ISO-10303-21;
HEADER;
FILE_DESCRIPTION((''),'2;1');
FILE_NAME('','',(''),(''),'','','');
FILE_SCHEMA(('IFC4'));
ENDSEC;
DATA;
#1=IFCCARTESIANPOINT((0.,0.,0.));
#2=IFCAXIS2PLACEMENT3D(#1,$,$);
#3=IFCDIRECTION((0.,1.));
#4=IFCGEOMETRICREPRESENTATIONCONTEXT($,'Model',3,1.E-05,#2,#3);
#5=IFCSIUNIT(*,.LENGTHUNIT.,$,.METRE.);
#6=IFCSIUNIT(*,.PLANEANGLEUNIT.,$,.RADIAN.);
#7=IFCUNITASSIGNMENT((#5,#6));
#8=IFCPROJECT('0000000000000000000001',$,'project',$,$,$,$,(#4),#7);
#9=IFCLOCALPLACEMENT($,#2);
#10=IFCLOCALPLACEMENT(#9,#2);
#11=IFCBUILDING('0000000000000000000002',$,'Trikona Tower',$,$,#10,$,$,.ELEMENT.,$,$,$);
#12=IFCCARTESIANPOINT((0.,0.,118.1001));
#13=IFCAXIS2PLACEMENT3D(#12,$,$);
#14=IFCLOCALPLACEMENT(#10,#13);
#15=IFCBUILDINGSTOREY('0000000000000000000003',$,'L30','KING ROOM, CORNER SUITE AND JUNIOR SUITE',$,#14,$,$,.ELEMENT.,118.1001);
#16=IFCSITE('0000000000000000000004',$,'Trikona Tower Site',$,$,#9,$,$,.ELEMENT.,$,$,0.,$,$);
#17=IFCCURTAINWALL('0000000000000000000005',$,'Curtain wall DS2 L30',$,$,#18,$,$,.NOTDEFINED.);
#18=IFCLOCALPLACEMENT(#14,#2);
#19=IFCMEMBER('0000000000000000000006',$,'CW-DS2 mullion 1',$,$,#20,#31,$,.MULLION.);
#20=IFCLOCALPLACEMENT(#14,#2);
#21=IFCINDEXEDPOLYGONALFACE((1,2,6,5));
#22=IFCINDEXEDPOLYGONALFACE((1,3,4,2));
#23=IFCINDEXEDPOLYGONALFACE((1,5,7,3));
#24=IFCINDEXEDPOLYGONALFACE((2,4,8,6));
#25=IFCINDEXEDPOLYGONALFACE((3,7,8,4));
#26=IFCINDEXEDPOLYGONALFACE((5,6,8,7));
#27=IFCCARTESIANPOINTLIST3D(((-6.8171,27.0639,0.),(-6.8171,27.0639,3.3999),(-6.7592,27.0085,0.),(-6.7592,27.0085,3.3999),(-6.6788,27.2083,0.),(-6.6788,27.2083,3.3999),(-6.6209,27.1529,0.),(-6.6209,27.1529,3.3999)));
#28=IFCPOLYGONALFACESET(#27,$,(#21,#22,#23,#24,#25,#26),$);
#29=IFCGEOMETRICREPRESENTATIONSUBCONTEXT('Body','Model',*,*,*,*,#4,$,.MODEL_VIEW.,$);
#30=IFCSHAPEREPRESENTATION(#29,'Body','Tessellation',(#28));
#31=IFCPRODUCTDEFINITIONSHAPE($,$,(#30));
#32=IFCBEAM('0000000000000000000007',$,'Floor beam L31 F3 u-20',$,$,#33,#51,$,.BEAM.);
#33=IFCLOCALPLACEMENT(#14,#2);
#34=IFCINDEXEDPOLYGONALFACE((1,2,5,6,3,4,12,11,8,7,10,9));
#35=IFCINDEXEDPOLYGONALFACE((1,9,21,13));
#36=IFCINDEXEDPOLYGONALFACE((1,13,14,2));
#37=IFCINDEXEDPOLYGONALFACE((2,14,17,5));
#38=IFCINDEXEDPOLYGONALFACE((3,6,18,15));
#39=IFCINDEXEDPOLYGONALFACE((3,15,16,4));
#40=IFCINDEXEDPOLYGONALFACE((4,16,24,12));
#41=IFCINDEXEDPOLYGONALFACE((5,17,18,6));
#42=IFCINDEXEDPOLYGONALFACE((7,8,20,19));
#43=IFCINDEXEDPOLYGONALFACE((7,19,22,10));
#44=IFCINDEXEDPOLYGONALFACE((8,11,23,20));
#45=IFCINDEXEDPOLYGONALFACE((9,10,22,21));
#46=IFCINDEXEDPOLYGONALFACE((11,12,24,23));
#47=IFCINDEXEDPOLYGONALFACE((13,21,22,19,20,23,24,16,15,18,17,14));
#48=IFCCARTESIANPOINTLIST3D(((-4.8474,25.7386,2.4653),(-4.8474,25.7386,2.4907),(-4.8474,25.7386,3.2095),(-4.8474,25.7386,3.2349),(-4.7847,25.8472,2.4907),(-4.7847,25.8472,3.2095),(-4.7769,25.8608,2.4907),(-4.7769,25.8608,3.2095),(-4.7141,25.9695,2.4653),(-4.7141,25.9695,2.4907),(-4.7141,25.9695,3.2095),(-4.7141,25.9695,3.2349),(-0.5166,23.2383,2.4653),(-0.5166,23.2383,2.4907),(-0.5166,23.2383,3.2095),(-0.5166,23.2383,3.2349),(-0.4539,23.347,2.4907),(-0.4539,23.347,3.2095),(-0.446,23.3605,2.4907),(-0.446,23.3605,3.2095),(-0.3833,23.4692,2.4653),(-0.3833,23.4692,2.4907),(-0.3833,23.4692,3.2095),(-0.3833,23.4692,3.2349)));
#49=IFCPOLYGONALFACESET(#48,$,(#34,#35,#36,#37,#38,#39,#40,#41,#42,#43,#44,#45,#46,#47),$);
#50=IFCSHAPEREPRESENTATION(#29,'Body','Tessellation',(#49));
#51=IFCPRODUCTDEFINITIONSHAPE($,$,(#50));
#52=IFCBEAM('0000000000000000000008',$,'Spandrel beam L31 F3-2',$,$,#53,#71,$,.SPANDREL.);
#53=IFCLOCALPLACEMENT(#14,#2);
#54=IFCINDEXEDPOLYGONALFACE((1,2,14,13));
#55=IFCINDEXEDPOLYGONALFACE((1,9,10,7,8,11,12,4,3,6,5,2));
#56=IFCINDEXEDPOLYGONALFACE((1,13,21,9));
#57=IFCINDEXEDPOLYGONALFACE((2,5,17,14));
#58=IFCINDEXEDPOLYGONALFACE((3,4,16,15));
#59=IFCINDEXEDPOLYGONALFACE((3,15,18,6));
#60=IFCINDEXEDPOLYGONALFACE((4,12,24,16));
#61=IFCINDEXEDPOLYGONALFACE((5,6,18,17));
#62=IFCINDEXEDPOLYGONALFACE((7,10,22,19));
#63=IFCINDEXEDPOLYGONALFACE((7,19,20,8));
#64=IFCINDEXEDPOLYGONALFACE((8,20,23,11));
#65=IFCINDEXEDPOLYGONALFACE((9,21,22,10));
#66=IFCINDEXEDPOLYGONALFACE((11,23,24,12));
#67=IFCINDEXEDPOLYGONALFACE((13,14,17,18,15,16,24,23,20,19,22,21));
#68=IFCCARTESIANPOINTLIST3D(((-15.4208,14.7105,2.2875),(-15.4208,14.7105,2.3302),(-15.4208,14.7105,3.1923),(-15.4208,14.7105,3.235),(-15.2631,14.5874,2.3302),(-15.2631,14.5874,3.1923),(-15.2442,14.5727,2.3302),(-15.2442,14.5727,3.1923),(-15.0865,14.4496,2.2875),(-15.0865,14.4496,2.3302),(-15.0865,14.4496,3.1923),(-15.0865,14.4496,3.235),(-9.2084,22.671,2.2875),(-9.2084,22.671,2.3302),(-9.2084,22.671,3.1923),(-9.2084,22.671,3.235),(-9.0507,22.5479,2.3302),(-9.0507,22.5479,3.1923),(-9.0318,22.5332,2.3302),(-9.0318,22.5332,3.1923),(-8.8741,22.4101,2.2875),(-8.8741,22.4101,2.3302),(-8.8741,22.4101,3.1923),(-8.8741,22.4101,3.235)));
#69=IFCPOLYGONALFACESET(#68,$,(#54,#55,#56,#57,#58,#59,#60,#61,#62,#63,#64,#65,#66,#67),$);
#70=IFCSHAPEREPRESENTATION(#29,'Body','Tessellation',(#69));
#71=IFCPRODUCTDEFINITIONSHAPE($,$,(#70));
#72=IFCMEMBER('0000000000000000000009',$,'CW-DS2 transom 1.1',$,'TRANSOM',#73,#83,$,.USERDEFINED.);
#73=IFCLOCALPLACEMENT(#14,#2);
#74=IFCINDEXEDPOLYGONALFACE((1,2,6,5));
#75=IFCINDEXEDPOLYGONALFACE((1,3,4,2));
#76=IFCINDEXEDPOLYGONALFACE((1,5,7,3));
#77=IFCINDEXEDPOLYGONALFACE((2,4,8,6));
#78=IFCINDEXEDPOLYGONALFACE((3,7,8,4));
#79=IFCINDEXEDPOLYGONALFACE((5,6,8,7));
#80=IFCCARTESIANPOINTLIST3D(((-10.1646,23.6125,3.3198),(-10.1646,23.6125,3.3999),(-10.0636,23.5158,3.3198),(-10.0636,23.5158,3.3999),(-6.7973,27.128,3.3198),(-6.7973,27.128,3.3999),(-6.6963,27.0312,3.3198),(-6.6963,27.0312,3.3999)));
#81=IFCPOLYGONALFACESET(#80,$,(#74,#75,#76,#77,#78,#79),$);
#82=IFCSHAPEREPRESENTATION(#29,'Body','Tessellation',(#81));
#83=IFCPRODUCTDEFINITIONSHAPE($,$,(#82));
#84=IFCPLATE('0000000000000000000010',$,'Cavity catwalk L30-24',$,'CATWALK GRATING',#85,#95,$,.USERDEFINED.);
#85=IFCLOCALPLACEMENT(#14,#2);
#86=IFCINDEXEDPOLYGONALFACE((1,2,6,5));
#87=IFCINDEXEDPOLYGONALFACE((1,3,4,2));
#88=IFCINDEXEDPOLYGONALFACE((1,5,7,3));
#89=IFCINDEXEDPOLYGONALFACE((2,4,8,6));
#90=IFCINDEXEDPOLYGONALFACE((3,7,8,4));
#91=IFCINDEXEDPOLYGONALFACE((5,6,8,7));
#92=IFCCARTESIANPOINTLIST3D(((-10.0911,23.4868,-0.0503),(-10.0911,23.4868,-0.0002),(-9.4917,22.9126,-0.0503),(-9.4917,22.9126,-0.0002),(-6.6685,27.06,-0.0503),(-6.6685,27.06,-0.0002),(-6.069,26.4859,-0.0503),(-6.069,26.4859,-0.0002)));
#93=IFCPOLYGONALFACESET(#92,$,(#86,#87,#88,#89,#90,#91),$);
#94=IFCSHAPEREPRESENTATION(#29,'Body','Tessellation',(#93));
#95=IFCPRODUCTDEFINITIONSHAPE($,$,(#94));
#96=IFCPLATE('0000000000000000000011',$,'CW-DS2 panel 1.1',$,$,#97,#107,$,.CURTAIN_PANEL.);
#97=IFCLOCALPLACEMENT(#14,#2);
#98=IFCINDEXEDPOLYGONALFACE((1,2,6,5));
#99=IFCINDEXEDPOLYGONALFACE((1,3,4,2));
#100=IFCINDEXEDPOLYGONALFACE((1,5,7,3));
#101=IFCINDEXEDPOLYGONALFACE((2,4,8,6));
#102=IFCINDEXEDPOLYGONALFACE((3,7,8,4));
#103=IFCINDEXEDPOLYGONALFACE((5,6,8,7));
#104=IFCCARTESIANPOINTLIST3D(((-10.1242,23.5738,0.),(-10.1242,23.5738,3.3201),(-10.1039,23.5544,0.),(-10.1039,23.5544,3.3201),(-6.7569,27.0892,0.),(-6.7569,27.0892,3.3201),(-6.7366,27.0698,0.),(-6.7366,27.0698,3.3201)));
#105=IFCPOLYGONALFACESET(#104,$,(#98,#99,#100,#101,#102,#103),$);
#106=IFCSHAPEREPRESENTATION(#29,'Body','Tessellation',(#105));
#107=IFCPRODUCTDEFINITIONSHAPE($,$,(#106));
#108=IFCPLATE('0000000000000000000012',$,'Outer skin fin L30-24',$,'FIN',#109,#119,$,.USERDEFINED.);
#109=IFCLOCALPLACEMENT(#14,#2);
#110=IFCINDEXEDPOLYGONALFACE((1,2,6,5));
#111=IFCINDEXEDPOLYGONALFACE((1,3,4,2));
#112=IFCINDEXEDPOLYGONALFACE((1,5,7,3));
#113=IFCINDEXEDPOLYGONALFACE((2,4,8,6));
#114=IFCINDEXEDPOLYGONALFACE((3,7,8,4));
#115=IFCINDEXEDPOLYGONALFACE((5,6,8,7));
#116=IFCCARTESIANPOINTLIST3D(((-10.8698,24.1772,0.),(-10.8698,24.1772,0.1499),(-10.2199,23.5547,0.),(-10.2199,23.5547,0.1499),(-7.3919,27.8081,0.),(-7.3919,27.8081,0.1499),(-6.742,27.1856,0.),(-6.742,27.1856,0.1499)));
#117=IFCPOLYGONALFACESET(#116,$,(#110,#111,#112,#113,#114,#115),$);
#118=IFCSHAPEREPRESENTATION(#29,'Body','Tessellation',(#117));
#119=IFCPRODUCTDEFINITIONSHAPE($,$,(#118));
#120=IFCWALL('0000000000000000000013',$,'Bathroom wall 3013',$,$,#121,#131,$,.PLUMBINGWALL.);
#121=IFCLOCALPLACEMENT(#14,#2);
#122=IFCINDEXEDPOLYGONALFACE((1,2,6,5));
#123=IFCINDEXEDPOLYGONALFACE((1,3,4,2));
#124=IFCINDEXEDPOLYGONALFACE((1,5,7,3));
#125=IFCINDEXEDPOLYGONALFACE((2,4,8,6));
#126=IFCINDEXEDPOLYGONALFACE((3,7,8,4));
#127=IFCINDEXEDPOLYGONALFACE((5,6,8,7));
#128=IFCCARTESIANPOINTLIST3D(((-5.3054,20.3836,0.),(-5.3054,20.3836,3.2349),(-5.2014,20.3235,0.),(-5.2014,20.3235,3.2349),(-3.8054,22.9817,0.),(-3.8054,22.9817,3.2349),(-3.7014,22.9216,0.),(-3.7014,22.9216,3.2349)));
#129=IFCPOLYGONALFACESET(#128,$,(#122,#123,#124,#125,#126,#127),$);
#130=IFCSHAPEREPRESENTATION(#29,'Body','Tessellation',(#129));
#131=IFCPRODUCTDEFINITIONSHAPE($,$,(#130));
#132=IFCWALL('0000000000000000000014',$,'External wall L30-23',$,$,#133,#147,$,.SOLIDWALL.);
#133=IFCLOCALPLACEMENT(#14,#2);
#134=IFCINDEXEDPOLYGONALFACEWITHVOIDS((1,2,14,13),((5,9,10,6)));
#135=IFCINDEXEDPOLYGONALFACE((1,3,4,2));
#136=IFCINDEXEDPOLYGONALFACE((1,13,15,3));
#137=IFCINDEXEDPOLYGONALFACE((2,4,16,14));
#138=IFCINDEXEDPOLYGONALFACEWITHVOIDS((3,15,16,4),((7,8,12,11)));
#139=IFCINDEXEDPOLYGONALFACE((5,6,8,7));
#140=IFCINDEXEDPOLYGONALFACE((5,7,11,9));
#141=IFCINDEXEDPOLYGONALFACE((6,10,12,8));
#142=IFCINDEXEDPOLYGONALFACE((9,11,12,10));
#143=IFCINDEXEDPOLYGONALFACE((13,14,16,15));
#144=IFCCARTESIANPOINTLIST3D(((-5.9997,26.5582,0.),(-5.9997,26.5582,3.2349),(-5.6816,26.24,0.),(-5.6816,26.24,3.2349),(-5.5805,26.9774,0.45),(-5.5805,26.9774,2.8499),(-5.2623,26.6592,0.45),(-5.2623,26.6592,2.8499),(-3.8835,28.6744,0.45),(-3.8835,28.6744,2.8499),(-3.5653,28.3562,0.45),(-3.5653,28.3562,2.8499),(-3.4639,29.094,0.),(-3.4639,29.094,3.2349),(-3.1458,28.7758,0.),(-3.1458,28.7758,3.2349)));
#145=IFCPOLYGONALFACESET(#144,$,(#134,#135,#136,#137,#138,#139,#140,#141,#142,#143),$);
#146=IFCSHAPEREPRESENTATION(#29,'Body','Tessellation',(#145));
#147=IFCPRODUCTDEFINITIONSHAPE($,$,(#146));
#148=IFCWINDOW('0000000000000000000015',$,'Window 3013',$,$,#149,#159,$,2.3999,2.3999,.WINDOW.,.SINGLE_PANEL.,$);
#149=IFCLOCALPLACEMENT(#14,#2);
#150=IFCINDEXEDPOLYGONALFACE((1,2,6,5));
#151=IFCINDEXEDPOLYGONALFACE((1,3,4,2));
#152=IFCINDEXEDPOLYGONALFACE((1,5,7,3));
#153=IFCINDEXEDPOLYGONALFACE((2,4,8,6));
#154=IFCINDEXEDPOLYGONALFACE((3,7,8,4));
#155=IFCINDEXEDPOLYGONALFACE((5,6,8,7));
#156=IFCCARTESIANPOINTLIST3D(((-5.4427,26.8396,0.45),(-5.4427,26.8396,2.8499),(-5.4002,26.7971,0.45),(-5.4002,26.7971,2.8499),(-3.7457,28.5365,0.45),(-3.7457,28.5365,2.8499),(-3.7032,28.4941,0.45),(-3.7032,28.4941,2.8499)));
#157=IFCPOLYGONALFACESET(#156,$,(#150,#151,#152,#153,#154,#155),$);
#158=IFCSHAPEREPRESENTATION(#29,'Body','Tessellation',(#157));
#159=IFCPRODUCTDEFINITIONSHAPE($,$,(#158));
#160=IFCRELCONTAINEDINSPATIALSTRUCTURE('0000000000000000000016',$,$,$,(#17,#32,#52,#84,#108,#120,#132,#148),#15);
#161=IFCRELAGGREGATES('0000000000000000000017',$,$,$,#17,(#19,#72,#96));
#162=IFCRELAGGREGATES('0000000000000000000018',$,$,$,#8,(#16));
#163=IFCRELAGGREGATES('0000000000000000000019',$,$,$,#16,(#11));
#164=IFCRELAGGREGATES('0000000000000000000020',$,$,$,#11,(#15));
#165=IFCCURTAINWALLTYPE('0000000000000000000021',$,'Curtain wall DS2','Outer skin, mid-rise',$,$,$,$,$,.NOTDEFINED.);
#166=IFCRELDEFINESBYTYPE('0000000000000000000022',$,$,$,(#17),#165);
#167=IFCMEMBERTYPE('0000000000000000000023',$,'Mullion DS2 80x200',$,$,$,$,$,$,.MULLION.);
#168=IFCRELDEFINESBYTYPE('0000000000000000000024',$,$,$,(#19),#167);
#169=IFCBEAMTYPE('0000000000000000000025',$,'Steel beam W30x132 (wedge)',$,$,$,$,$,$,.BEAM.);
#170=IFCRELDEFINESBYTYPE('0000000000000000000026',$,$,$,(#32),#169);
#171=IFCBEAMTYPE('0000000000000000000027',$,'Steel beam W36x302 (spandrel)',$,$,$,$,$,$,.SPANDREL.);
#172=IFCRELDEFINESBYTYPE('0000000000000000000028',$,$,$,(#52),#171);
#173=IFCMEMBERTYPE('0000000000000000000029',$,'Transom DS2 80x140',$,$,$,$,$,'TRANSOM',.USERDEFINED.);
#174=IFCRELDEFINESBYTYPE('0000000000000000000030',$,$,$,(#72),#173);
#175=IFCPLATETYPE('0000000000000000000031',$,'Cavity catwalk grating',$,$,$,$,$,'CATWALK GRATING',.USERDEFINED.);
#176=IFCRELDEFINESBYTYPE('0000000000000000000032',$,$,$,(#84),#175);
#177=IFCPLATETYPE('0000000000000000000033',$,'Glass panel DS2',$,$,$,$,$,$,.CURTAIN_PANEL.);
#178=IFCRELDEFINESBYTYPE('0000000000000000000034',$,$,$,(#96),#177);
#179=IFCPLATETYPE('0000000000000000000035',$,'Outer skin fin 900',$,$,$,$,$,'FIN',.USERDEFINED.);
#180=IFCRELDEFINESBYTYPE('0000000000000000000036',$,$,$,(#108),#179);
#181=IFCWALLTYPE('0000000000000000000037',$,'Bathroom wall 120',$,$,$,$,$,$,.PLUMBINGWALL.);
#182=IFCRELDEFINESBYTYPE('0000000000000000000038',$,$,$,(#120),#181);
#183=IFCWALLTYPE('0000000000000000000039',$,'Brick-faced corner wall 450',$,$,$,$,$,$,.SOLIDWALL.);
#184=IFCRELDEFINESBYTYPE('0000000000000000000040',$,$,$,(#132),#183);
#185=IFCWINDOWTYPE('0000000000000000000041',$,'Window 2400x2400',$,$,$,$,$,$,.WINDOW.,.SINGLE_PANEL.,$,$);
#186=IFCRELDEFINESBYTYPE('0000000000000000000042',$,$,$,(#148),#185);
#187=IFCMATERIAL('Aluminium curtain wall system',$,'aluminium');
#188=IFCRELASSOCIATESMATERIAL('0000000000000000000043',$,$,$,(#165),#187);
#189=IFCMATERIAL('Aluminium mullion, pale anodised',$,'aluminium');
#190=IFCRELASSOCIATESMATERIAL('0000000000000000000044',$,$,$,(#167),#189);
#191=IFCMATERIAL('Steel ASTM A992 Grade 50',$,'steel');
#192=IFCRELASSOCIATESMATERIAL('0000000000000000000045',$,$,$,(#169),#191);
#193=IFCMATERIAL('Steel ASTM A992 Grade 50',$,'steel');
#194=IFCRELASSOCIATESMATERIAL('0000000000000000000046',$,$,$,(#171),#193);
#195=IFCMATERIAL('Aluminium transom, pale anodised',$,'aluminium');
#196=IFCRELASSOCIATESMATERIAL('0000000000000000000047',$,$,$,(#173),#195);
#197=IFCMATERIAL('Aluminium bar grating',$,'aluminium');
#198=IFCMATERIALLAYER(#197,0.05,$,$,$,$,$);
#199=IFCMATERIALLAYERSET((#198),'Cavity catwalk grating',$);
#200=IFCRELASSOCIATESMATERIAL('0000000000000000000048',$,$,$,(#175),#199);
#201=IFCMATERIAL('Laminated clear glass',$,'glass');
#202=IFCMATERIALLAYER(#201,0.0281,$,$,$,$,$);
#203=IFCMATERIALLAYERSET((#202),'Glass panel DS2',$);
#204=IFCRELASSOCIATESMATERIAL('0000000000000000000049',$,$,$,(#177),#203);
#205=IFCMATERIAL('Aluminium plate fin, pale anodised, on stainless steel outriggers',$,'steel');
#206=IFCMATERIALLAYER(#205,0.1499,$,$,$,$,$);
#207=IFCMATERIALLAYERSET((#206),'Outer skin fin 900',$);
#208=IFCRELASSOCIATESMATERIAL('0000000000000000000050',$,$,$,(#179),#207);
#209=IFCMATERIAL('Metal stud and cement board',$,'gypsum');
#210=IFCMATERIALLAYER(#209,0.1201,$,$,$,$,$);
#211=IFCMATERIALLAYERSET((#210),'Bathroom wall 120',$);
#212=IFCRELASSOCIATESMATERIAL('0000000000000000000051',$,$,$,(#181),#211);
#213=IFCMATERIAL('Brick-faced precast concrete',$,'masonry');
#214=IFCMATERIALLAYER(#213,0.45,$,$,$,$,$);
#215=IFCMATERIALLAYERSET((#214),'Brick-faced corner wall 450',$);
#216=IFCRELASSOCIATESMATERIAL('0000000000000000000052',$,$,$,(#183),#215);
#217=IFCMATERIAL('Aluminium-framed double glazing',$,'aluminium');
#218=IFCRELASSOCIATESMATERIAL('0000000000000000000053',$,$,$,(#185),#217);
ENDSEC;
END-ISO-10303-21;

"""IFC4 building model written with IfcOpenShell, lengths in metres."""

from ifc_helpers import new_model, si_unit, direction, frame, frame_2d, origin, origin_2d, place, context, subcontext, project, spatial, rectangle, i_section, extrude, material, layer, layer_set, material_profile, profile_set, type_object, element, fill, aggregate, save


model = new_model("IFC4")

# Units and contexts
model_context = context("Model", 3, precision=1e-05, world=origin(), true_north=direction((0.0, 1.0)))
body_context = subcontext(model_context, "Body", "Model", "MODEL_VIEW")
ifc_project = project(units=[si_unit("LENGTHUNIT", "METRE"), si_unit("PLANEANGLEUNIT", "RADIAN")], contexts=[model_context])

# Site, building, storey
site_placement = place(None, origin())
site = spatial("IfcSite", under=ifc_project, at=site_placement, Name="Trikona Tower Site", CompositionType="ELEMENT", RefElevation=0.0)
building_placement = place(site_placement, origin())
building = spatial("IfcBuilding", under=site, at=building_placement, Name="Trikona Tower", CompositionType="ELEMENT")
storey_placement = place(building_placement, frame((0.0, 0.0, 118.1001)))
storey = spatial("IfcBuildingStorey", under=building, at=storey_placement, Name="L30", Description="KING ROOM, CORNER SUITE AND JUNIOR SUITE", CompositionType="ELEMENT", Elevation=118.1001)

# Curtain wall, member
ifc_material_1 = material(Name="Aluminium curtain wall system", Category="aluminium")
curtain_wall_type = type_object("IfcCurtainWallType", Name="Curtain wall DS2", Description="Outer skin, mid-rise", PredefinedType="NOTDEFINED", material=ifc_material_1)
curtain_wall_placement = place(storey_placement, origin())
curtain_wall = element("IfcCurtainWall", 1, at=curtain_wall_placement, inside=storey, type_object=curtain_wall_type, Name="Curtain wall DS2 L30", PredefinedType="NOTDEFINED")
ifc_material_2 = material(Name="Aluminium mullion, pale anodised", Category="aluminium")
ifc_material_profile_1 = material_profile(ifc_material_2, rectangle(XDim=0.0801, YDim=0.2, at=origin_2d()), Name="MUL-DS2")
ifc_profile_set_1 = profile_set([ifc_material_profile_1], Name="Aluminium mullion, pale anodised")
member_type_1 = type_object("IfcMemberType", Name="Mullion DS2 80x200", PredefinedType="MULLION", material=ifc_profile_set_1)
member_1_placement = place(storey_placement, frame((-6.719, 27.1084, 0.0), z_axis=(0.0, 0.0, 1.0), x_axis=(0.722158, -0.691728, 0.0)))
member_1 = element("IfcMember", 2, at=member_1_placement, type_object=member_type_1, Name="CW-DS2 mullion 1", PredefinedType="MULLION", context=body_context, shape_type="SweptSolid", body=[
    extrude(rectangle(XDim=0.0801, YDim=0.2, at=origin_2d()), origin(), (0.0, 0.0, 1.0), 3.3999),
])

# Beams
ifc_material_3 = material(Name="Steel ASTM A992 Grade 50", Category="steel")
ifc_material_profile_2 = material_profile(ifc_material_3, i_section(OverallWidth=0.2666, OverallDepth=0.7695, WebThickness=0.0156, FlangeThickness=0.0254, at=origin_2d()), Name="W30X132")
ifc_profile_set_2 = profile_set([ifc_material_profile_2], Name="Steel ASTM A992 Grade 50")
beam_type_1 = type_object("IfcBeamType", Name="Steel beam W30x132 (wedge)", PredefinedType="BEAM", material=ifc_profile_set_2)
beam_1_placement = place(storey_placement, frame((-0.45, 23.3538, 2.8501), z_axis=(-0.866038, 0.499977, 0.0), x_axis=(-0.499977, -0.866038, 0.0)))
element("IfcBeam", 3, at=beam_1_placement, inside=storey, type_object=beam_type_1, Name="Floor beam L31 F3 u-20", PredefinedType="BEAM", context=body_context, shape_type="SweptSolid", body=[
    extrude(i_section(OverallWidth=0.2666, OverallDepth=0.7695, WebThickness=0.0156, FlangeThickness=0.0254, at=origin_2d()), origin(), (0.0, 0.0, 1.0), 5.0007),
])
ifc_material_4 = material(Name="Steel ASTM A992 Grade 50", Category="steel")
ifc_material_profile_3 = material_profile(ifc_material_4, i_section(OverallWidth=0.4241, OverallDepth=0.9475, WebThickness=0.0239, FlangeThickness=0.0427, at=origin_2d()), Name="W36X302")
ifc_profile_set_3 = profile_set([ifc_material_profile_3], Name="Steel ASTM A992 Grade 50")
beam_type_2 = type_object("IfcBeamType", Name="Steel beam W36x302 (spandrel)", PredefinedType="SPANDREL", material=ifc_profile_set_3)
beam_2_placement = place(storey_placement, frame((-9.0413, 22.5405, 2.7612), z_axis=(-0.615232, -0.788346, 0.0), x_axis=(0.788346, -0.615232, 0.0)))
element("IfcBeam", 4, at=beam_2_placement, inside=storey, type_object=beam_type_2, Name="Spandrel beam L31 F3-2", PredefinedType="SPANDREL", context=body_context, shape_type="SweptSolid", body=[
    extrude(i_section(OverallWidth=0.4241, OverallDepth=0.9475, WebThickness=0.0239, FlangeThickness=0.0427, at=origin_2d()), origin(), (0.0, 0.0, 1.0), 10.0977),
])

# Member
ifc_material_5 = material(Name="Aluminium transom, pale anodised", Category="aluminium")
ifc_material_profile_4 = material_profile(ifc_material_5, rectangle(XDim=0.1399, YDim=0.0801, at=origin_2d()), Name="TRN-DS2")
ifc_profile_set_4 = profile_set([ifc_material_profile_4], Name="Aluminium transom, pale anodised")
member_type_2 = type_object("IfcMemberType", Name="Transom DS2 80x140", ElementType="TRANSOM", PredefinedType="USERDEFINED", material=ifc_profile_set_4)
member_2_placement = place(storey_placement, frame((-6.7468, 27.0796, 3.3599), z_axis=(-0.691721, -0.722165, 0.0), x_axis=(0.722165, -0.691721, 0.0)))
member_2 = element("IfcMember", 5, at=member_2_placement, type_object=member_type_2, Name="CW-DS2 transom 1.1", ObjectType="TRANSOM", PredefinedType="USERDEFINED", context=body_context, shape_type="SweptSolid", body=[
    extrude(rectangle(XDim=0.1399, YDim=0.0801, at=origin_2d()), origin(), (0.0, 0.0, 1.0), 4.8679),
])

# Plates
ifc_material_6 = material(Name="Aluminium bar grating", Category="aluminium")
ifc_layer_1 = layer(ifc_material_6, 0.05)
ifc_layer_set_1 = layer_set([ifc_layer_1], Name="Cavity catwalk grating")
plate_type_1 = type_object("IfcPlateType", Name="Cavity catwalk grating", ElementType="CATWALK GRATING", PredefinedType="USERDEFINED", material=ifc_layer_set_1)
plate_1_placement = place(storey_placement, frame((-8.0801, 24.9863, -0.0503), z_axis=(0.0, 0.0, 1.0), x_axis=(-0.691724, -0.722162, 0.0)))
element("IfcPlate", 6, at=plate_1_placement, inside=storey, type_object=plate_type_1, Name="Cavity catwalk L30-24", ObjectType="CATWALK GRATING", PredefinedType="USERDEFINED", context=body_context, shape_type="SweptSolid", body=[
    extrude(rectangle(XDim=4.948, YDim=0.8301, at=origin_2d()), origin(), (0.0, 0.0, 1.0), 0.05),
])
ifc_material_7 = material(Name="Laminated clear glass", Category="glass")
ifc_layer_2 = layer(ifc_material_7, 0.0281)
ifc_layer_set_2 = layer_set([ifc_layer_2], Name="Glass panel DS2")
plate_type_2 = type_object("IfcPlateType", Name="Glass panel DS2", PredefinedType="CURTAIN_PANEL", material=ifc_layer_set_2)
plate_2_placement = place(storey_placement, frame((-8.4304, 25.3218, 0.0), z_axis=(0.0, 0.0, 1.0), x_axis=(-0.691728, -0.722158, 0.0)))
plate_2 = element("IfcPlate", 7, at=plate_2_placement, type_object=plate_type_2, Name="CW-DS2 panel 1.1", PredefinedType="CURTAIN_PANEL", context=body_context, shape_type="SweptSolid", body=[
    extrude(rectangle(XDim=4.8679, YDim=0.0281, at=origin_2d()), origin(), (0.0, 0.0, 1.0), 3.3201),
])
aggregate(curtain_wall, [member_1, member_2, plate_2])
ifc_material_8 = material(Name="Aluminium plate fin, pale anodised, on stainless steel outriggers", Category="steel")
ifc_layer_3 = layer(ifc_material_8, 0.1499)
ifc_layer_set_3 = layer_set([ifc_layer_3], Name="Outer skin fin 900")
plate_type_3 = type_object("IfcPlateType", Name="Outer skin fin 900", ElementType="FIN", PredefinedType="USERDEFINED", material=ifc_layer_set_3)
plate_3_placement = place(storey_placement, frame((-8.8059, 25.6814, 0.0), z_axis=(0.0, 0.0, 1.0), x_axis=(-0.691724, -0.722162, 0.0)))
element("IfcPlate", 8, at=plate_3_placement, inside=storey, type_object=plate_type_3, Name="Outer skin fin L30-24", ObjectType="FIN", PredefinedType="USERDEFINED", context=body_context, shape_type="SweptSolid", body=[
    extrude(rectangle(XDim=5.0278, YDim=0.8999, at=origin_2d()), origin(), (0.0, 0.0, 1.0), 0.1499),
])

# Wall
ifc_material_9 = material(Name="Metal stud and cement board", Category="gypsum")
ifc_layer_4 = layer(ifc_material_9, 0.1201)
ifc_layer_set_4 = layer_set([ifc_layer_4], Name="Bathroom wall 120")
wall_type_1 = type_object("IfcWallType", Name="Bathroom wall 120", PredefinedType="PLUMBINGWALL", material=ifc_layer_set_4)
wall_1_placement = place(storey_placement, frame((-3.7534, 22.9517, 0.0), z_axis=(0.0, 0.0, 1.0), x_axis=(-0.49999, -0.866031, 0.0)))
element("IfcWall", 9, at=wall_1_placement, inside=storey, type_object=wall_type_1, Name="Bathroom wall 3013", PredefinedType="PLUMBINGWALL", context=body_context, shape_type="SweptSolid", body=[
    extrude(rectangle(XDim=3.0, YDim=0.1201, at=frame_2d((1.5, 0.0))), origin(), (0.0, 0.0, 1.0), 3.2349),
])

# Wall, opening, window
ifc_material_10 = material(Name="Brick-faced precast concrete", Category="masonry")
ifc_layer_5 = layer(ifc_material_10, 0.45)
ifc_layer_set_5 = layer_set([ifc_layer_5], Name="Brick-faced corner wall 450")
wall_type_2 = type_object("IfcWallType", Name="Brick-faced corner wall 450", PredefinedType="SOLIDWALL", material=ifc_layer_set_5)
wall_2_placement = place(storey_placement, frame((-3.3049, 28.9348, 0.0), z_axis=(0.0, 0.0, 1.0), x_axis=(-0.707107, -0.707107, 0.0)))
wall_2 = element("IfcWall", 10, at=wall_2_placement, inside=storey, type_object=wall_type_2, Name="External wall L30-23", PredefinedType="SOLIDWALL", context=body_context, shape_type="SweptSolid", body=[
    extrude(rectangle(XDim=3.5862, YDim=0.45, at=frame_2d((1.793, 0.0))), origin(), (0.0, 0.0, 1.0), 3.2349),
])
opening_1_placement = place(wall_2_placement, frame((0.5933, 0.0, 0.45)))
opening_1 = element("IfcOpeningElement", 11, at=opening_1_placement, cuts=wall_2, PredefinedType="OPENING", context=body_context, shape_type="SweptSolid", body=[
    extrude(rectangle(XDim=2.3999, YDim=2.3999, at=frame_2d((1.2, 1.2))), frame((0.0, 0.2349, 0.0), z_axis=(0.0, -1.0, 0.0), x_axis=(1.0, 0.0, 0.0)), (0.0, 0.0, 1.0), 0.47),
])
ifc_material_11 = material(Name="Aluminium-framed double glazing", Category="aluminium")
window_type_1 = type_object("IfcWindowType", Name="Window 2400x2400", PartitioningType="SINGLE_PANEL", PredefinedType="WINDOW", material=ifc_material_11)
window_1_placement = place(opening_1_placement, origin())
window_1 = element("IfcWindow", 12, at=window_1_placement, inside=storey, type_object=window_type_1, Name="Window 3013", OverallHeight=2.3999, OverallWidth=2.3999, PartitioningType="SINGLE_PANEL", PredefinedType="WINDOW", context=body_context, shape_type="SweptSolid", body=[
    extrude(rectangle(XDim=2.3999, YDim=2.3999, at=frame_2d((1.2, 1.2))), frame((0.0, 0.03, 0.0), z_axis=(0.0, -1.0, 0.0), x_axis=(1.0, 0.0, 0.0)), (0.0, 0.0, 1.0), 0.0601),
])
fill(opening_1, window_1)

save(model, "model.ifc")
